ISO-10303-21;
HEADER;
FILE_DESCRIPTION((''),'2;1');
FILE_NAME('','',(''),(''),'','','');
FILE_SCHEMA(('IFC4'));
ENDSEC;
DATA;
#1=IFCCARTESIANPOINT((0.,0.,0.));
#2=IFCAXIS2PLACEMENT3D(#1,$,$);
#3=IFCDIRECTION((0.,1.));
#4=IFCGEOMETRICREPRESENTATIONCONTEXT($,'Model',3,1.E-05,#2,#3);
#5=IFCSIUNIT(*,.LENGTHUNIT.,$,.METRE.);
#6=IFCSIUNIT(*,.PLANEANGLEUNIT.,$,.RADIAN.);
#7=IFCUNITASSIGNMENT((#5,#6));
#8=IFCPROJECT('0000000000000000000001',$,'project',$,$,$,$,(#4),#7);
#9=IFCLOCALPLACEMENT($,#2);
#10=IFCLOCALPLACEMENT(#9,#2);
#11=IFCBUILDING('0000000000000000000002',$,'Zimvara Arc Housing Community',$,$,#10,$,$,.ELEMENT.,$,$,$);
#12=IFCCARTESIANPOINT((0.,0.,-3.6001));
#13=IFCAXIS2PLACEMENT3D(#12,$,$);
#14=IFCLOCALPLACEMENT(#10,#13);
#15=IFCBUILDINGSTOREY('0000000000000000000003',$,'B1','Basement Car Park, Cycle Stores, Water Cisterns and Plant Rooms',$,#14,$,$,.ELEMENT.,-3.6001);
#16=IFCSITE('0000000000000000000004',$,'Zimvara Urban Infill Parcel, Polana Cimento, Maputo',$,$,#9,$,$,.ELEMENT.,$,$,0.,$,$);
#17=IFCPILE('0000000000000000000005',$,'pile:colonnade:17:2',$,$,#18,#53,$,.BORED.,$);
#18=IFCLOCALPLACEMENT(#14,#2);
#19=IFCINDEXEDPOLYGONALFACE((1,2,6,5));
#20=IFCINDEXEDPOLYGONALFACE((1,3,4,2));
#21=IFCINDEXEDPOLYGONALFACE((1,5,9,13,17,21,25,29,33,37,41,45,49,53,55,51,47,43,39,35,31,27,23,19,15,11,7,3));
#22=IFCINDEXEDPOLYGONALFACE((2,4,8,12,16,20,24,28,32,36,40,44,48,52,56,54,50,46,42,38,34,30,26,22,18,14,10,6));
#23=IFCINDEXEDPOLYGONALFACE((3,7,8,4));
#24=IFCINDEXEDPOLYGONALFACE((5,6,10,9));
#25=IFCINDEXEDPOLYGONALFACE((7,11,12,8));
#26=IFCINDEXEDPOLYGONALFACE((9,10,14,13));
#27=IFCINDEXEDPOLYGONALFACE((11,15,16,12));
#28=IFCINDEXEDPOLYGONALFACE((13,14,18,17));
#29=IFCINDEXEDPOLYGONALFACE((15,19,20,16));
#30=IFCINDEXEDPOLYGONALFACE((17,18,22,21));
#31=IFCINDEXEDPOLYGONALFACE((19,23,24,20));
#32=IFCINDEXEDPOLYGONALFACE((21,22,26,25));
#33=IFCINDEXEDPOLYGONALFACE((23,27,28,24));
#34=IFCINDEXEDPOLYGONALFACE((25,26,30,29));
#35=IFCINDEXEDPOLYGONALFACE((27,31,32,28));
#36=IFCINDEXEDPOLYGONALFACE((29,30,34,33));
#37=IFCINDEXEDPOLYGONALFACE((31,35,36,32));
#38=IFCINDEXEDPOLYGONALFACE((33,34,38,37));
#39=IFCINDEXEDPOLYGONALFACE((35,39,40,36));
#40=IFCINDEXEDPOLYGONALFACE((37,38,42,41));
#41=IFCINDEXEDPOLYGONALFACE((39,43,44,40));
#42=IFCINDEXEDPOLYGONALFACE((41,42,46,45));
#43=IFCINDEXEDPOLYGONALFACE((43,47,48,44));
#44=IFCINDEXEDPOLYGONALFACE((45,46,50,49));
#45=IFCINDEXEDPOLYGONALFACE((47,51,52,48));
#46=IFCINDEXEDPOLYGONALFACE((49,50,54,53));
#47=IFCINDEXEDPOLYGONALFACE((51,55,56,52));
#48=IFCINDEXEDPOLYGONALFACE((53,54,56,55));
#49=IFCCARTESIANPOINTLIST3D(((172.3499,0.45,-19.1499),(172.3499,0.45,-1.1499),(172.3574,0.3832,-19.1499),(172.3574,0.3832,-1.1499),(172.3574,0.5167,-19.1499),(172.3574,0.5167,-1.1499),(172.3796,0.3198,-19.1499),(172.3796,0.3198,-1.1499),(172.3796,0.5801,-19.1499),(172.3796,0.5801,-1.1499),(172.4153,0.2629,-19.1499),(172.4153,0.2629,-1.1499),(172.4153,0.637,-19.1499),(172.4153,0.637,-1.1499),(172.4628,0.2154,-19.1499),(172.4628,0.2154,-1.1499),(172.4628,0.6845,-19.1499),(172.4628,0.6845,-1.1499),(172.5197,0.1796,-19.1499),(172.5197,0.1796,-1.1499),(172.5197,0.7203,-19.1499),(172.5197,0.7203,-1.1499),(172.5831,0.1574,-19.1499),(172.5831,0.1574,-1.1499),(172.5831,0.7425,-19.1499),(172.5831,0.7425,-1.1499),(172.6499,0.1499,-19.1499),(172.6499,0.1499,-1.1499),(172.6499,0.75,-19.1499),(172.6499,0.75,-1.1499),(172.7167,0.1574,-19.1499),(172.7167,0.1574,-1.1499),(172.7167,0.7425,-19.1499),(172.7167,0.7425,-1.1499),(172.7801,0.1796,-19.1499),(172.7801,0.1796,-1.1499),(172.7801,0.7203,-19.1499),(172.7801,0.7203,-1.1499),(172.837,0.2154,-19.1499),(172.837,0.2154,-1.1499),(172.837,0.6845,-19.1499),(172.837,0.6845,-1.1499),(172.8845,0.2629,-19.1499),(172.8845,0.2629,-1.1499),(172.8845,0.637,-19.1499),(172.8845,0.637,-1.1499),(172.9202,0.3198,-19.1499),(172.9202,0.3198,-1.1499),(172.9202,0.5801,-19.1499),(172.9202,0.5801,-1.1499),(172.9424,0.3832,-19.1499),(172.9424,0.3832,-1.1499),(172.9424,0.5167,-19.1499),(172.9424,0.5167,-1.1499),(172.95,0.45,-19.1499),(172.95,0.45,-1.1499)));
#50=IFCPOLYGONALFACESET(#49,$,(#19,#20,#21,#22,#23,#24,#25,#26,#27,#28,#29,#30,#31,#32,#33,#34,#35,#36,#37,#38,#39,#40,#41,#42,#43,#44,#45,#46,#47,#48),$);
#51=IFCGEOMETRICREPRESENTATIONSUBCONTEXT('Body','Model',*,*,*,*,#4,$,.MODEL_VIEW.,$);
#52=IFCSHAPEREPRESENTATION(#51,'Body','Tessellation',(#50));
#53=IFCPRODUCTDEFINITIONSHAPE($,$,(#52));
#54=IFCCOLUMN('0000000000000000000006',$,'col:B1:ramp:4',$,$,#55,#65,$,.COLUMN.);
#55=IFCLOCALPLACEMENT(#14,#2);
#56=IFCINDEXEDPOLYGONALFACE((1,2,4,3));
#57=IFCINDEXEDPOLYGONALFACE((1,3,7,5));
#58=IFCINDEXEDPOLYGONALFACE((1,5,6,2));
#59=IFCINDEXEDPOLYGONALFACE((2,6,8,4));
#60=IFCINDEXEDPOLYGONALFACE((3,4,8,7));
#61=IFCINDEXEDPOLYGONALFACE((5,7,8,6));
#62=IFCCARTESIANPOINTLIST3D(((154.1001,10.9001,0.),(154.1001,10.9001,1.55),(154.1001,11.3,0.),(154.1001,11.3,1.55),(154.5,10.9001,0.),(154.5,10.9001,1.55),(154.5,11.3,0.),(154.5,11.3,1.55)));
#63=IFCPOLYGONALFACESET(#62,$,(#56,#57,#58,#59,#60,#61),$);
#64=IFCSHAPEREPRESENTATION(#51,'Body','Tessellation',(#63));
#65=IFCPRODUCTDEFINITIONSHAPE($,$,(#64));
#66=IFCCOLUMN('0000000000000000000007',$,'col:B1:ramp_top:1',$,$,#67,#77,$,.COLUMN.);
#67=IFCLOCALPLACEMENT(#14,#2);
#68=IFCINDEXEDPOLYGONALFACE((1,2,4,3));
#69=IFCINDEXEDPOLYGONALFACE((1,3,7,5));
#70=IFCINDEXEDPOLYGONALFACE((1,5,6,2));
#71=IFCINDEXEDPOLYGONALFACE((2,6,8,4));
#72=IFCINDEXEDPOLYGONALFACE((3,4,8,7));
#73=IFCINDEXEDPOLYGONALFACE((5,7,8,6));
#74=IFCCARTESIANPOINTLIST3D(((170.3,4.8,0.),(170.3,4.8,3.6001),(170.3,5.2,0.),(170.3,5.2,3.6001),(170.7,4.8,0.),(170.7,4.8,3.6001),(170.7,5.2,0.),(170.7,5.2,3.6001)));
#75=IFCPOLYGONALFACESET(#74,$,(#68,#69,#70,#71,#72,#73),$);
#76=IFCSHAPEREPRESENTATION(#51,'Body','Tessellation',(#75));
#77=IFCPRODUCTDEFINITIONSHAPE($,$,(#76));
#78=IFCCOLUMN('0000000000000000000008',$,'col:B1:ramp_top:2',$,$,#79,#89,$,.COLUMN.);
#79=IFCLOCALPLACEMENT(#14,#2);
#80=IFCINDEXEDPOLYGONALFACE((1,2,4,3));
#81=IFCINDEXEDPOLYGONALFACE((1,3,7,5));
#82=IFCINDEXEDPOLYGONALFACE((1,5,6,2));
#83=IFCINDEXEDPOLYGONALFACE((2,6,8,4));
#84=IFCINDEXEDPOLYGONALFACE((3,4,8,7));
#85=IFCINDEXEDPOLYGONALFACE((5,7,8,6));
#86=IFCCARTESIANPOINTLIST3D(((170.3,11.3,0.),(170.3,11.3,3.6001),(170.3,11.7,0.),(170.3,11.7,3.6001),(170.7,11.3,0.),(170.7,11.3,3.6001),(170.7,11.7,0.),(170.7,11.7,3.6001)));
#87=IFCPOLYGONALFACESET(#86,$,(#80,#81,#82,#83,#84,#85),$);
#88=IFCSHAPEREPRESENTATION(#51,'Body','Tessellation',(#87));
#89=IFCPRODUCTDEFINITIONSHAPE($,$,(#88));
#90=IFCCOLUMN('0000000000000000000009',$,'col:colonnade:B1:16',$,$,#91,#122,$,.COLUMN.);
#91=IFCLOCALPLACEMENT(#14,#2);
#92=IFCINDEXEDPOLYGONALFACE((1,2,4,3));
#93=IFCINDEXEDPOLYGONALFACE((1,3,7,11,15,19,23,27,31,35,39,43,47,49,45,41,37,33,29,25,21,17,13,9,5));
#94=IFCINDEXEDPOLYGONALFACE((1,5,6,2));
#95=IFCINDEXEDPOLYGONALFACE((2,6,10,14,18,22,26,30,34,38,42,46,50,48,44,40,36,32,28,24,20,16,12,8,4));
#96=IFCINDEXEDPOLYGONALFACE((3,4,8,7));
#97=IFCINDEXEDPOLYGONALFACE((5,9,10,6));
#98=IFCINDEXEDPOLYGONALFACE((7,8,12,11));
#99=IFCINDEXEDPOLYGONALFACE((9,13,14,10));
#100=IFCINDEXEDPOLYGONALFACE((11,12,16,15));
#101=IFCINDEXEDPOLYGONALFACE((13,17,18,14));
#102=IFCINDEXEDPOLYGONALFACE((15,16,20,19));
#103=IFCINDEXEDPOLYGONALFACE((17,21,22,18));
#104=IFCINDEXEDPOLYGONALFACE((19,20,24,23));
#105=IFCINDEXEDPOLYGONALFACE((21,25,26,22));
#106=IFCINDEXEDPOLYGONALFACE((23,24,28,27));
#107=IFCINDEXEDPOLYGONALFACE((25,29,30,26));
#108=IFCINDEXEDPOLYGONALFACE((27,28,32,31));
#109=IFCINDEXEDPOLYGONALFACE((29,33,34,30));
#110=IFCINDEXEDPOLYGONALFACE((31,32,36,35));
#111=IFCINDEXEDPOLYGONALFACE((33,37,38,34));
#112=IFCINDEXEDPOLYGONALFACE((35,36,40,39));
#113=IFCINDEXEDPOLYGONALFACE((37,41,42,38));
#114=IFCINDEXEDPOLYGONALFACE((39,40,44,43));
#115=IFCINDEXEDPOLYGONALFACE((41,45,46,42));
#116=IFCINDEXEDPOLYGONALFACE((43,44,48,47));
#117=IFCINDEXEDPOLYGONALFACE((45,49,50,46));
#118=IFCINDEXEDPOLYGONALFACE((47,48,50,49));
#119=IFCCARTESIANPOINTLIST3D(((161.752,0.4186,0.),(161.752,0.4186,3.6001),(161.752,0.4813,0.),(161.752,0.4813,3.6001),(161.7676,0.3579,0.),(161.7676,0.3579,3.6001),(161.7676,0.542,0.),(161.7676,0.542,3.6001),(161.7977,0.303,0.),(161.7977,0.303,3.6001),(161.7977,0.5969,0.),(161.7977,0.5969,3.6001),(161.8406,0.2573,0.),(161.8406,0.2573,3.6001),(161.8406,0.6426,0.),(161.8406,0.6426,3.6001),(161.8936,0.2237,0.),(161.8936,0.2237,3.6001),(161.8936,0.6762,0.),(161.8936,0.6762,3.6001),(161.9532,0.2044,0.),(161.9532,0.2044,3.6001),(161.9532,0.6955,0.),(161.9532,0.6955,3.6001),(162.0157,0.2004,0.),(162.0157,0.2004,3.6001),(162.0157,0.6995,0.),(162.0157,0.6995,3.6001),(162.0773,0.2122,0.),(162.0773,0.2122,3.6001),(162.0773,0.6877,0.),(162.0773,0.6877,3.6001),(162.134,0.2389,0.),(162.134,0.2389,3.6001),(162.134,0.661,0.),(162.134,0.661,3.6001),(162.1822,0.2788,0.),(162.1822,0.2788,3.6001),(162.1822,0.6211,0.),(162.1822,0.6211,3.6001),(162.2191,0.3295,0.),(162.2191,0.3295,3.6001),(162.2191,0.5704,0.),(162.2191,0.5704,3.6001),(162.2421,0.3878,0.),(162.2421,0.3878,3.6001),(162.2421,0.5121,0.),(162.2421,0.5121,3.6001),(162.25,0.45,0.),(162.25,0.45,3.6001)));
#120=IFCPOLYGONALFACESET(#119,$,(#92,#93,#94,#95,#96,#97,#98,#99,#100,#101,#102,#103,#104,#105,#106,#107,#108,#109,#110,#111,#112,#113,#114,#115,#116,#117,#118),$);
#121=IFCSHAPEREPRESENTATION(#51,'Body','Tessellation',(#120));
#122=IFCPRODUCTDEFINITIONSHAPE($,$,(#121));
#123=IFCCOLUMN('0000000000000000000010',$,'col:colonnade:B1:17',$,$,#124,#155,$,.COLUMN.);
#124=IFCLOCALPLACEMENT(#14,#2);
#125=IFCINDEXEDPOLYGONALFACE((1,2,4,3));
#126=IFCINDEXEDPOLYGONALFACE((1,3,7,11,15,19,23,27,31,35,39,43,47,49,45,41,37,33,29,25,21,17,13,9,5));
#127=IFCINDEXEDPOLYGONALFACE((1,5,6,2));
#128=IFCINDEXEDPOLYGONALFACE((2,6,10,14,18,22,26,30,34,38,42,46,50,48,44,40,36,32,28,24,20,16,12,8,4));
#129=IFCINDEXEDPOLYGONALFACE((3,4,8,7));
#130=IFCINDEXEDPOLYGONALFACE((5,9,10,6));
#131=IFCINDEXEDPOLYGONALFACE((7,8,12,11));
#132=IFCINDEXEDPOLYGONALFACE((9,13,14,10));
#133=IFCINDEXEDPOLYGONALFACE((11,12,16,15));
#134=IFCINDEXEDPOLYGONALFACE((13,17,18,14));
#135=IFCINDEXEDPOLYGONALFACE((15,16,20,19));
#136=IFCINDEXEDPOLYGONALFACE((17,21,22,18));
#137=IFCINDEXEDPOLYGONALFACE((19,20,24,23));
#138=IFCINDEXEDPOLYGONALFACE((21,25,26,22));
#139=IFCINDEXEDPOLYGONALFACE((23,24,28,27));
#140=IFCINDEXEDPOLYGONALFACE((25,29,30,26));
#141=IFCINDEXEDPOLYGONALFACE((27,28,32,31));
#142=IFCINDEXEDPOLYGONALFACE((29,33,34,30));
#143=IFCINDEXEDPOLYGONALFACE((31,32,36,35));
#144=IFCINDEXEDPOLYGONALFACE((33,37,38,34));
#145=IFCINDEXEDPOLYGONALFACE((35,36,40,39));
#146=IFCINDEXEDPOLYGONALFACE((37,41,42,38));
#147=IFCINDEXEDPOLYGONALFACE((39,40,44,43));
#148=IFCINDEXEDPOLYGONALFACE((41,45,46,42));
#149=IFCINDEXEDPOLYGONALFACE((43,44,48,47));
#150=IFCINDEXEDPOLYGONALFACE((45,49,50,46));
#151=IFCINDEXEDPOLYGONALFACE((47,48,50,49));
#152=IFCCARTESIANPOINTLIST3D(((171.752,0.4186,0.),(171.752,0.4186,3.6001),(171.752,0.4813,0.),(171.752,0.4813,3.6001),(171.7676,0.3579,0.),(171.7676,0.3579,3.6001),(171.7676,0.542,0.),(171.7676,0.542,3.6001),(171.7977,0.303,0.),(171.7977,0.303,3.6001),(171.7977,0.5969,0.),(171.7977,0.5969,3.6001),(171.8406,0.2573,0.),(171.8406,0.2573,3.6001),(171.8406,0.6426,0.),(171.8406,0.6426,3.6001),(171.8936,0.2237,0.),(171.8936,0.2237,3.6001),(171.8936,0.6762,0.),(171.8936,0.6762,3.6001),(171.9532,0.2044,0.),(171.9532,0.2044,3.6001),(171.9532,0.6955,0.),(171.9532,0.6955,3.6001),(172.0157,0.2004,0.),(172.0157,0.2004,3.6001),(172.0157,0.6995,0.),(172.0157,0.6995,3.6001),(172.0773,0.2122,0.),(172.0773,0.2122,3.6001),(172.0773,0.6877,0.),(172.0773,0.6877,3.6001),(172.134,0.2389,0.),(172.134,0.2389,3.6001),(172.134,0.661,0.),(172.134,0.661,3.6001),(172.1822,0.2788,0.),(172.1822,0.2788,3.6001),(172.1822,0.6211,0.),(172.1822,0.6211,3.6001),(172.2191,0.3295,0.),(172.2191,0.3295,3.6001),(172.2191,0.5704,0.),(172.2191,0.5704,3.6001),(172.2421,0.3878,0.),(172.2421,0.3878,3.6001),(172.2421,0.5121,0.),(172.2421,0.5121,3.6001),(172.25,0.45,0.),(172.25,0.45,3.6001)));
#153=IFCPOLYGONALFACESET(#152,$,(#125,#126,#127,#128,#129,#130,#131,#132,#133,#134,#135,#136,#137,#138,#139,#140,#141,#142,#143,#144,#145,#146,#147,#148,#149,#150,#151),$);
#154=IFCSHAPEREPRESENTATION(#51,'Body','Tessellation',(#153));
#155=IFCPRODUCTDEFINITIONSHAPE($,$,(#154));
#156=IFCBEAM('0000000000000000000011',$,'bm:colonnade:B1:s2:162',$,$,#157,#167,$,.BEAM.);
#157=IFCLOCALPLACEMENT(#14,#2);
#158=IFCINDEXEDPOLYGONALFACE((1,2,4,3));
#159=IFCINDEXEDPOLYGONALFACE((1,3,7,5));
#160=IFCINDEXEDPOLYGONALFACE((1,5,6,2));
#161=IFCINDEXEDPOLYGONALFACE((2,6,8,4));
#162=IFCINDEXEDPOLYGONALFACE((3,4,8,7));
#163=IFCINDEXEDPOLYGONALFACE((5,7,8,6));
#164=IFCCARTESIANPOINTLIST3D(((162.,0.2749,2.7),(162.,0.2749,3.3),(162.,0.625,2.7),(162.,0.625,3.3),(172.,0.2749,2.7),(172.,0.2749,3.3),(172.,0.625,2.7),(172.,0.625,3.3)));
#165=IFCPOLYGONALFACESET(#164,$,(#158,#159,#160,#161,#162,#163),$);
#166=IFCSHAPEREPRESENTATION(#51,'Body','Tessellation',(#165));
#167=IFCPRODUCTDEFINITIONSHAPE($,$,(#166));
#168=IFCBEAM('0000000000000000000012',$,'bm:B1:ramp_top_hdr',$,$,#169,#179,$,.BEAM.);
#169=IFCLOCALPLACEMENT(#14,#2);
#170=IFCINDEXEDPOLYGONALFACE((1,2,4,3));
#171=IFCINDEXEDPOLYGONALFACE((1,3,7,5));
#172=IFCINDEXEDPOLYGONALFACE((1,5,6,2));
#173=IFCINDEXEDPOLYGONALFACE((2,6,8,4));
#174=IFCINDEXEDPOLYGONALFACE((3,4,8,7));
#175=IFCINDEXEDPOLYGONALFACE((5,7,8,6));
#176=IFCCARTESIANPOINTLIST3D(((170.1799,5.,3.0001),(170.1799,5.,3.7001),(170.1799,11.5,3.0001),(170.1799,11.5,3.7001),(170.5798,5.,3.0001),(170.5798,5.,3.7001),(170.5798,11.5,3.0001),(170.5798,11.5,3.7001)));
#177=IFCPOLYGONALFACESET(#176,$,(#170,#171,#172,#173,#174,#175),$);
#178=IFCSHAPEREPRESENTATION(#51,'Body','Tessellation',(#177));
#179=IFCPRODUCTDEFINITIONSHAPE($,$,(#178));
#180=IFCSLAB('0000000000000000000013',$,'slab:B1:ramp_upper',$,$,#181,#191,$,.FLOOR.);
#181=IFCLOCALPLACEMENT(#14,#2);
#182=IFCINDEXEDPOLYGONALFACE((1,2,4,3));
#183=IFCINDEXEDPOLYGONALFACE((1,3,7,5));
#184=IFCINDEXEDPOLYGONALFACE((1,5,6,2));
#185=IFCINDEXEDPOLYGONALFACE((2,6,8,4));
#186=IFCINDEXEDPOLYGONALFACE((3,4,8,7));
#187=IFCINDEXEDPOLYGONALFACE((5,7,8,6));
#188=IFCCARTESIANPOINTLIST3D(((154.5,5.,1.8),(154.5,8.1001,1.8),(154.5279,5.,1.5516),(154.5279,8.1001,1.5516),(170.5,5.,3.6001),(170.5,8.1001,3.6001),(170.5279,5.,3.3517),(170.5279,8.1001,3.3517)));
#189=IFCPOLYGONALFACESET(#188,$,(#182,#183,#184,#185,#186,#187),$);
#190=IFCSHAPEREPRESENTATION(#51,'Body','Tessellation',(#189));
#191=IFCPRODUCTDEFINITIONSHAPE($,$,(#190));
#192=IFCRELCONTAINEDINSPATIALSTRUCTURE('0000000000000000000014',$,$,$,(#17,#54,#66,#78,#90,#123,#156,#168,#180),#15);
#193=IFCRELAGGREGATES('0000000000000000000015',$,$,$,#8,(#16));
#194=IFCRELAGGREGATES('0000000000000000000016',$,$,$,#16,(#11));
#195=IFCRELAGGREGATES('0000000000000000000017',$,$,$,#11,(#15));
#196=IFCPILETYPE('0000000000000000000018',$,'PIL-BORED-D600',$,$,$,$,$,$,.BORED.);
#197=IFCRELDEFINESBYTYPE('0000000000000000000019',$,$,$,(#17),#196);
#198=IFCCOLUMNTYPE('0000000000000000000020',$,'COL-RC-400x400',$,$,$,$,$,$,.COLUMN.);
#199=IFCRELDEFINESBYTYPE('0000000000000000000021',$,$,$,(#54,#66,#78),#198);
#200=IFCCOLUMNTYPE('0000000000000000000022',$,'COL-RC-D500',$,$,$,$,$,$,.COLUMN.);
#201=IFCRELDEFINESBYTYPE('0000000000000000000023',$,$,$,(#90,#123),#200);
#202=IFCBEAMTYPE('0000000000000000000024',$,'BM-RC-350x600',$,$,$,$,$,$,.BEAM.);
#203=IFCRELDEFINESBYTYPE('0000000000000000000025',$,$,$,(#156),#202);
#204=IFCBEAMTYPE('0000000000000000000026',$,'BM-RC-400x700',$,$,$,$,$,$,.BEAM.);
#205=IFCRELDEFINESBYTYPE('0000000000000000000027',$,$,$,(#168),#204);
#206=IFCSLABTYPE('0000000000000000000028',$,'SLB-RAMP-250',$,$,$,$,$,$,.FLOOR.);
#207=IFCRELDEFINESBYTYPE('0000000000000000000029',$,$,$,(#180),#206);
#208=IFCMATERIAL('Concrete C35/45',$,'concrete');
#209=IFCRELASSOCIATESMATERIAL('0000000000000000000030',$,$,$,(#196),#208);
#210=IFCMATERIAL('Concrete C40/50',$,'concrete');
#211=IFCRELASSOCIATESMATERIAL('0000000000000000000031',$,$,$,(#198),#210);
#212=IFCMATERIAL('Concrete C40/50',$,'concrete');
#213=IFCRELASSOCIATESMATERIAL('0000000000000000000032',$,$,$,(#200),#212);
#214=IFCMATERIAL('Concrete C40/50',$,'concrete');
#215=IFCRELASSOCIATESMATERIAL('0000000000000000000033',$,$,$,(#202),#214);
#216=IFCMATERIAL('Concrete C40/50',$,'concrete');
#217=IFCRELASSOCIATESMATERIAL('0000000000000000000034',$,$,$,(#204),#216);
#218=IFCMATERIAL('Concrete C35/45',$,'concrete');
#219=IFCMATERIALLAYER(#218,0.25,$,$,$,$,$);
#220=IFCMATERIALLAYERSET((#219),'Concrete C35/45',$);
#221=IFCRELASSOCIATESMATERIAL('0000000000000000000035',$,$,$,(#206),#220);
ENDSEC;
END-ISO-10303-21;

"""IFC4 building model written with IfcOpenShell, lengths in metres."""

from ifc_helpers import new_model, si_unit, direction, frame, origin, origin_2d, place, context, subcontext, project, spatial, polyline, rectangle, circle, outline, extrude, material, layer, layer_set, material_profile, profile_set, type_object, element, save


model = new_model("IFC4")

# Units and contexts
model_context = context("Model", 3, precision=1e-05, world=origin(), true_north=direction((0.0, 1.0)))
body_context = subcontext(model_context, "Body", "Model", "MODEL_VIEW")
ifc_project = project(units=[si_unit("LENGTHUNIT", "METRE"), si_unit("PLANEANGLEUNIT", "RADIAN")], contexts=[model_context])

# Site, building, storey
site_placement = place(None, origin())
site = spatial("IfcSite", under=ifc_project, at=site_placement, Name="Zimvara Urban Infill Parcel, Polana Cimento, Maputo", CompositionType="ELEMENT", RefElevation=0.0)
building_placement = place(site_placement, origin())
building = spatial("IfcBuilding", under=site, at=building_placement, Name="Zimvara Arc Housing Community", CompositionType="ELEMENT")
storey_placement = place(building_placement, frame((0.0, 0.0, -3.6001)))
storey = spatial("IfcBuildingStorey", under=building, at=storey_placement, Name="B1", Description="Basement Car Park, Cycle Stores, Water Cisterns and Plant Rooms", CompositionType="ELEMENT", Elevation=-3.6001)

# Pile
ifc_material_1 = material(Name="Concrete C35/45", Category="concrete")
ifc_material_profile_1 = material_profile(ifc_material_1, circle(Radius=0.3, at=origin_2d()), Name="PILE D600")
ifc_profile_set_1 = profile_set([ifc_material_profile_1], Name="Concrete C35/45")
pile_type = type_object("IfcPileType", Name="PIL-BORED-D600", PredefinedType="BORED", material=ifc_profile_set_1)
for number, where, z_axis, x_axis, name in (
    (1, (172.6499, 0.45, -1.1499), (0.0, 0.0, -1.0), (1.0, 0.0, 0.0), "pile:colonnade:17:2"),
):
    element("IfcPile", number, at=place(storey_placement, frame(where, z_axis=z_axis, x_axis=x_axis)), inside=storey, type_object=pile_type, Name=name, PredefinedType="BORED", context=body_context, shape_type="SweptSolid", body=[
        extrude(circle(Radius=0.3, at=origin_2d()), origin(), (0.0, 0.0, 1.0), 18.0),
    ])

# Columns
ifc_material_2 = material(Name="Concrete C40/50", Category="concrete")
ifc_material_profile_2 = material_profile(ifc_material_2, rectangle(XDim=0.3999, YDim=0.3999, at=origin_2d()), Name="RC 400x400")
ifc_profile_set_2 = profile_set([ifc_material_profile_2], Name="Concrete C40/50")
column_type_1 = type_object("IfcColumnType", Name="COL-RC-400x400", PredefinedType="COLUMN", material=ifc_profile_set_2)
column_placement = place(storey_placement, frame((154.3, 11.1001, 0.0), z_axis=(0.0, 0.0, 1.0), x_axis=(1.0, 0.0, 0.0)))
element("IfcColumn", 2, at=column_placement, inside=storey, type_object=column_type_1, Name="col:B1:ramp:4", PredefinedType="COLUMN", context=body_context, shape_type="SweptSolid", body=[
    extrude(rectangle(XDim=0.3999, YDim=0.3999, at=origin_2d()), origin(), (0.0, 0.0, 1.0), 1.55),
])
for number, where, z_axis, x_axis, name in (
    (3, (170.5, 5.0, 0.0), (0.0, 0.0, 1.0), (1.0, 0.0, 0.0), "col:B1:ramp_top:1"),
    (4, (170.5, 11.5, 0.0), (0.0, 0.0, 1.0), (1.0, 0.0, 0.0), "col:B1:ramp_top:2"),
):
    element("IfcColumn", number, at=place(storey_placement, frame(where, z_axis=z_axis, x_axis=x_axis)), inside=storey, type_object=column_type_1, Name=name, PredefinedType="COLUMN", context=body_context, shape_type="SweptSolid", body=[
        extrude(rectangle(XDim=0.3999, YDim=0.3999, at=origin_2d()), origin(), (0.0, 0.0, 1.0), 3.6001),
    ])
ifc_material_3 = material(Name="Concrete C40/50", Category="concrete")
ifc_material_profile_3 = material_profile(ifc_material_3, circle(Radius=0.25, at=origin_2d()), Name="RC D500")
ifc_profile_set_3 = profile_set([ifc_material_profile_3], Name="Concrete C40/50")
column_type_2 = type_object("IfcColumnType", Name="COL-RC-D500", PredefinedType="COLUMN", material=ifc_profile_set_3)
for number, where, z_axis, x_axis, name in (
    (5, (162.0, 0.45, 0.0), (0.0, 0.0, 1.0), (1.0, 0.0, 0.0), "col:colonnade:B1:16"),
    (6, (172.0, 0.45, 0.0), (0.0, 0.0, 1.0), (1.0, 0.0, 0.0), "col:colonnade:B1:17"),
):
    element("IfcColumn", number, at=place(storey_placement, frame(where, z_axis=z_axis, x_axis=x_axis)), inside=storey, type_object=column_type_2, Name=name, PredefinedType="COLUMN", context=body_context, shape_type="SweptSolid", body=[
        extrude(circle(Radius=0.25, at=origin_2d()), origin(), (0.0, 0.0, 1.0), 3.6001),
    ])

# Beams
ifc_material_4 = material(Name="Concrete C40/50", Category="concrete")
ifc_material_profile_4 = material_profile(ifc_material_4, rectangle(XDim=0.3501, YDim=0.6001, at=origin_2d()), Name="RC 350x600")
ifc_profile_set_4 = profile_set([ifc_material_profile_4], Name="Concrete C40/50")
beam_type_1 = type_object("IfcBeamType", Name="BM-RC-350x600", PredefinedType="BEAM", material=ifc_profile_set_4)
beam_1_placement = place(storey_placement, frame((162.0, 0.45, 3.0), z_axis=(1.0, 0.0, 0.0), x_axis=(0.0, 1.0, 0.0)))
element("IfcBeam", 7, at=beam_1_placement, inside=storey, type_object=beam_type_1, Name="bm:colonnade:B1:s2:162", PredefinedType="BEAM", context=body_context, shape_type="SweptSolid", body=[
    extrude(rectangle(XDim=0.3501, YDim=0.6001, at=origin_2d()), origin(), (0.0, 0.0, 1.0), 10.0),
])
ifc_material_5 = material(Name="Concrete C40/50", Category="concrete")
ifc_material_profile_5 = material_profile(ifc_material_5, rectangle(XDim=0.3999, YDim=0.7, at=origin_2d()), Name="RC 400x700")
ifc_profile_set_5 = profile_set([ifc_material_profile_5], Name="Concrete C40/50")
beam_type_2 = type_object("IfcBeamType", Name="BM-RC-400x700", PredefinedType="BEAM", material=ifc_profile_set_5)
beam_2_placement = place(storey_placement, frame((170.3799, 5.0, 3.3501), z_axis=(0.0, 1.0, 0.0), x_axis=(-1.0, 0.0, 0.0)))
element("IfcBeam", 8, at=beam_2_placement, inside=storey, type_object=beam_type_2, Name="bm:B1:ramp_top_hdr", PredefinedType="BEAM", context=body_context, shape_type="SweptSolid", body=[
    extrude(rectangle(XDim=0.3999, YDim=0.7, at=origin_2d()), origin(), (0.0, 0.0, 1.0), 6.5),
])

# Slab
ifc_material_6 = material(Name="Concrete C35/45", Category="concrete")
ifc_layer_1 = layer(ifc_material_6, 0.25)
ifc_layer_set_1 = layer_set([ifc_layer_1], Name="Concrete C35/45")
slab_type = type_object("IfcSlabType", Name="SLB-RAMP-250", PredefinedType="FLOOR", material=ifc_layer_set_1)
slab_1_placement = place(storey_placement, frame((154.5, 5.0, 1.8), z_axis=(-0.111798, 0.0, 0.993731), x_axis=(0.993731, 0.0, 0.111798)))
element("IfcSlab", 9, at=slab_1_placement, inside=storey, type_object=slab_type, Name="slab:B1:ramp_upper", PredefinedType="FLOOR", context=body_context, shape_type="SweptSolid", body=[
    extrude(outline(polyline([(0.0, 0.0), (16.1009, 0.0), (16.1009, 3.1001), (0.0, 3.1001), (0.0, 0.0)])), origin(), (0.0, 0.0, -1.0), 0.25),
])

save(model, "model.ifc")
